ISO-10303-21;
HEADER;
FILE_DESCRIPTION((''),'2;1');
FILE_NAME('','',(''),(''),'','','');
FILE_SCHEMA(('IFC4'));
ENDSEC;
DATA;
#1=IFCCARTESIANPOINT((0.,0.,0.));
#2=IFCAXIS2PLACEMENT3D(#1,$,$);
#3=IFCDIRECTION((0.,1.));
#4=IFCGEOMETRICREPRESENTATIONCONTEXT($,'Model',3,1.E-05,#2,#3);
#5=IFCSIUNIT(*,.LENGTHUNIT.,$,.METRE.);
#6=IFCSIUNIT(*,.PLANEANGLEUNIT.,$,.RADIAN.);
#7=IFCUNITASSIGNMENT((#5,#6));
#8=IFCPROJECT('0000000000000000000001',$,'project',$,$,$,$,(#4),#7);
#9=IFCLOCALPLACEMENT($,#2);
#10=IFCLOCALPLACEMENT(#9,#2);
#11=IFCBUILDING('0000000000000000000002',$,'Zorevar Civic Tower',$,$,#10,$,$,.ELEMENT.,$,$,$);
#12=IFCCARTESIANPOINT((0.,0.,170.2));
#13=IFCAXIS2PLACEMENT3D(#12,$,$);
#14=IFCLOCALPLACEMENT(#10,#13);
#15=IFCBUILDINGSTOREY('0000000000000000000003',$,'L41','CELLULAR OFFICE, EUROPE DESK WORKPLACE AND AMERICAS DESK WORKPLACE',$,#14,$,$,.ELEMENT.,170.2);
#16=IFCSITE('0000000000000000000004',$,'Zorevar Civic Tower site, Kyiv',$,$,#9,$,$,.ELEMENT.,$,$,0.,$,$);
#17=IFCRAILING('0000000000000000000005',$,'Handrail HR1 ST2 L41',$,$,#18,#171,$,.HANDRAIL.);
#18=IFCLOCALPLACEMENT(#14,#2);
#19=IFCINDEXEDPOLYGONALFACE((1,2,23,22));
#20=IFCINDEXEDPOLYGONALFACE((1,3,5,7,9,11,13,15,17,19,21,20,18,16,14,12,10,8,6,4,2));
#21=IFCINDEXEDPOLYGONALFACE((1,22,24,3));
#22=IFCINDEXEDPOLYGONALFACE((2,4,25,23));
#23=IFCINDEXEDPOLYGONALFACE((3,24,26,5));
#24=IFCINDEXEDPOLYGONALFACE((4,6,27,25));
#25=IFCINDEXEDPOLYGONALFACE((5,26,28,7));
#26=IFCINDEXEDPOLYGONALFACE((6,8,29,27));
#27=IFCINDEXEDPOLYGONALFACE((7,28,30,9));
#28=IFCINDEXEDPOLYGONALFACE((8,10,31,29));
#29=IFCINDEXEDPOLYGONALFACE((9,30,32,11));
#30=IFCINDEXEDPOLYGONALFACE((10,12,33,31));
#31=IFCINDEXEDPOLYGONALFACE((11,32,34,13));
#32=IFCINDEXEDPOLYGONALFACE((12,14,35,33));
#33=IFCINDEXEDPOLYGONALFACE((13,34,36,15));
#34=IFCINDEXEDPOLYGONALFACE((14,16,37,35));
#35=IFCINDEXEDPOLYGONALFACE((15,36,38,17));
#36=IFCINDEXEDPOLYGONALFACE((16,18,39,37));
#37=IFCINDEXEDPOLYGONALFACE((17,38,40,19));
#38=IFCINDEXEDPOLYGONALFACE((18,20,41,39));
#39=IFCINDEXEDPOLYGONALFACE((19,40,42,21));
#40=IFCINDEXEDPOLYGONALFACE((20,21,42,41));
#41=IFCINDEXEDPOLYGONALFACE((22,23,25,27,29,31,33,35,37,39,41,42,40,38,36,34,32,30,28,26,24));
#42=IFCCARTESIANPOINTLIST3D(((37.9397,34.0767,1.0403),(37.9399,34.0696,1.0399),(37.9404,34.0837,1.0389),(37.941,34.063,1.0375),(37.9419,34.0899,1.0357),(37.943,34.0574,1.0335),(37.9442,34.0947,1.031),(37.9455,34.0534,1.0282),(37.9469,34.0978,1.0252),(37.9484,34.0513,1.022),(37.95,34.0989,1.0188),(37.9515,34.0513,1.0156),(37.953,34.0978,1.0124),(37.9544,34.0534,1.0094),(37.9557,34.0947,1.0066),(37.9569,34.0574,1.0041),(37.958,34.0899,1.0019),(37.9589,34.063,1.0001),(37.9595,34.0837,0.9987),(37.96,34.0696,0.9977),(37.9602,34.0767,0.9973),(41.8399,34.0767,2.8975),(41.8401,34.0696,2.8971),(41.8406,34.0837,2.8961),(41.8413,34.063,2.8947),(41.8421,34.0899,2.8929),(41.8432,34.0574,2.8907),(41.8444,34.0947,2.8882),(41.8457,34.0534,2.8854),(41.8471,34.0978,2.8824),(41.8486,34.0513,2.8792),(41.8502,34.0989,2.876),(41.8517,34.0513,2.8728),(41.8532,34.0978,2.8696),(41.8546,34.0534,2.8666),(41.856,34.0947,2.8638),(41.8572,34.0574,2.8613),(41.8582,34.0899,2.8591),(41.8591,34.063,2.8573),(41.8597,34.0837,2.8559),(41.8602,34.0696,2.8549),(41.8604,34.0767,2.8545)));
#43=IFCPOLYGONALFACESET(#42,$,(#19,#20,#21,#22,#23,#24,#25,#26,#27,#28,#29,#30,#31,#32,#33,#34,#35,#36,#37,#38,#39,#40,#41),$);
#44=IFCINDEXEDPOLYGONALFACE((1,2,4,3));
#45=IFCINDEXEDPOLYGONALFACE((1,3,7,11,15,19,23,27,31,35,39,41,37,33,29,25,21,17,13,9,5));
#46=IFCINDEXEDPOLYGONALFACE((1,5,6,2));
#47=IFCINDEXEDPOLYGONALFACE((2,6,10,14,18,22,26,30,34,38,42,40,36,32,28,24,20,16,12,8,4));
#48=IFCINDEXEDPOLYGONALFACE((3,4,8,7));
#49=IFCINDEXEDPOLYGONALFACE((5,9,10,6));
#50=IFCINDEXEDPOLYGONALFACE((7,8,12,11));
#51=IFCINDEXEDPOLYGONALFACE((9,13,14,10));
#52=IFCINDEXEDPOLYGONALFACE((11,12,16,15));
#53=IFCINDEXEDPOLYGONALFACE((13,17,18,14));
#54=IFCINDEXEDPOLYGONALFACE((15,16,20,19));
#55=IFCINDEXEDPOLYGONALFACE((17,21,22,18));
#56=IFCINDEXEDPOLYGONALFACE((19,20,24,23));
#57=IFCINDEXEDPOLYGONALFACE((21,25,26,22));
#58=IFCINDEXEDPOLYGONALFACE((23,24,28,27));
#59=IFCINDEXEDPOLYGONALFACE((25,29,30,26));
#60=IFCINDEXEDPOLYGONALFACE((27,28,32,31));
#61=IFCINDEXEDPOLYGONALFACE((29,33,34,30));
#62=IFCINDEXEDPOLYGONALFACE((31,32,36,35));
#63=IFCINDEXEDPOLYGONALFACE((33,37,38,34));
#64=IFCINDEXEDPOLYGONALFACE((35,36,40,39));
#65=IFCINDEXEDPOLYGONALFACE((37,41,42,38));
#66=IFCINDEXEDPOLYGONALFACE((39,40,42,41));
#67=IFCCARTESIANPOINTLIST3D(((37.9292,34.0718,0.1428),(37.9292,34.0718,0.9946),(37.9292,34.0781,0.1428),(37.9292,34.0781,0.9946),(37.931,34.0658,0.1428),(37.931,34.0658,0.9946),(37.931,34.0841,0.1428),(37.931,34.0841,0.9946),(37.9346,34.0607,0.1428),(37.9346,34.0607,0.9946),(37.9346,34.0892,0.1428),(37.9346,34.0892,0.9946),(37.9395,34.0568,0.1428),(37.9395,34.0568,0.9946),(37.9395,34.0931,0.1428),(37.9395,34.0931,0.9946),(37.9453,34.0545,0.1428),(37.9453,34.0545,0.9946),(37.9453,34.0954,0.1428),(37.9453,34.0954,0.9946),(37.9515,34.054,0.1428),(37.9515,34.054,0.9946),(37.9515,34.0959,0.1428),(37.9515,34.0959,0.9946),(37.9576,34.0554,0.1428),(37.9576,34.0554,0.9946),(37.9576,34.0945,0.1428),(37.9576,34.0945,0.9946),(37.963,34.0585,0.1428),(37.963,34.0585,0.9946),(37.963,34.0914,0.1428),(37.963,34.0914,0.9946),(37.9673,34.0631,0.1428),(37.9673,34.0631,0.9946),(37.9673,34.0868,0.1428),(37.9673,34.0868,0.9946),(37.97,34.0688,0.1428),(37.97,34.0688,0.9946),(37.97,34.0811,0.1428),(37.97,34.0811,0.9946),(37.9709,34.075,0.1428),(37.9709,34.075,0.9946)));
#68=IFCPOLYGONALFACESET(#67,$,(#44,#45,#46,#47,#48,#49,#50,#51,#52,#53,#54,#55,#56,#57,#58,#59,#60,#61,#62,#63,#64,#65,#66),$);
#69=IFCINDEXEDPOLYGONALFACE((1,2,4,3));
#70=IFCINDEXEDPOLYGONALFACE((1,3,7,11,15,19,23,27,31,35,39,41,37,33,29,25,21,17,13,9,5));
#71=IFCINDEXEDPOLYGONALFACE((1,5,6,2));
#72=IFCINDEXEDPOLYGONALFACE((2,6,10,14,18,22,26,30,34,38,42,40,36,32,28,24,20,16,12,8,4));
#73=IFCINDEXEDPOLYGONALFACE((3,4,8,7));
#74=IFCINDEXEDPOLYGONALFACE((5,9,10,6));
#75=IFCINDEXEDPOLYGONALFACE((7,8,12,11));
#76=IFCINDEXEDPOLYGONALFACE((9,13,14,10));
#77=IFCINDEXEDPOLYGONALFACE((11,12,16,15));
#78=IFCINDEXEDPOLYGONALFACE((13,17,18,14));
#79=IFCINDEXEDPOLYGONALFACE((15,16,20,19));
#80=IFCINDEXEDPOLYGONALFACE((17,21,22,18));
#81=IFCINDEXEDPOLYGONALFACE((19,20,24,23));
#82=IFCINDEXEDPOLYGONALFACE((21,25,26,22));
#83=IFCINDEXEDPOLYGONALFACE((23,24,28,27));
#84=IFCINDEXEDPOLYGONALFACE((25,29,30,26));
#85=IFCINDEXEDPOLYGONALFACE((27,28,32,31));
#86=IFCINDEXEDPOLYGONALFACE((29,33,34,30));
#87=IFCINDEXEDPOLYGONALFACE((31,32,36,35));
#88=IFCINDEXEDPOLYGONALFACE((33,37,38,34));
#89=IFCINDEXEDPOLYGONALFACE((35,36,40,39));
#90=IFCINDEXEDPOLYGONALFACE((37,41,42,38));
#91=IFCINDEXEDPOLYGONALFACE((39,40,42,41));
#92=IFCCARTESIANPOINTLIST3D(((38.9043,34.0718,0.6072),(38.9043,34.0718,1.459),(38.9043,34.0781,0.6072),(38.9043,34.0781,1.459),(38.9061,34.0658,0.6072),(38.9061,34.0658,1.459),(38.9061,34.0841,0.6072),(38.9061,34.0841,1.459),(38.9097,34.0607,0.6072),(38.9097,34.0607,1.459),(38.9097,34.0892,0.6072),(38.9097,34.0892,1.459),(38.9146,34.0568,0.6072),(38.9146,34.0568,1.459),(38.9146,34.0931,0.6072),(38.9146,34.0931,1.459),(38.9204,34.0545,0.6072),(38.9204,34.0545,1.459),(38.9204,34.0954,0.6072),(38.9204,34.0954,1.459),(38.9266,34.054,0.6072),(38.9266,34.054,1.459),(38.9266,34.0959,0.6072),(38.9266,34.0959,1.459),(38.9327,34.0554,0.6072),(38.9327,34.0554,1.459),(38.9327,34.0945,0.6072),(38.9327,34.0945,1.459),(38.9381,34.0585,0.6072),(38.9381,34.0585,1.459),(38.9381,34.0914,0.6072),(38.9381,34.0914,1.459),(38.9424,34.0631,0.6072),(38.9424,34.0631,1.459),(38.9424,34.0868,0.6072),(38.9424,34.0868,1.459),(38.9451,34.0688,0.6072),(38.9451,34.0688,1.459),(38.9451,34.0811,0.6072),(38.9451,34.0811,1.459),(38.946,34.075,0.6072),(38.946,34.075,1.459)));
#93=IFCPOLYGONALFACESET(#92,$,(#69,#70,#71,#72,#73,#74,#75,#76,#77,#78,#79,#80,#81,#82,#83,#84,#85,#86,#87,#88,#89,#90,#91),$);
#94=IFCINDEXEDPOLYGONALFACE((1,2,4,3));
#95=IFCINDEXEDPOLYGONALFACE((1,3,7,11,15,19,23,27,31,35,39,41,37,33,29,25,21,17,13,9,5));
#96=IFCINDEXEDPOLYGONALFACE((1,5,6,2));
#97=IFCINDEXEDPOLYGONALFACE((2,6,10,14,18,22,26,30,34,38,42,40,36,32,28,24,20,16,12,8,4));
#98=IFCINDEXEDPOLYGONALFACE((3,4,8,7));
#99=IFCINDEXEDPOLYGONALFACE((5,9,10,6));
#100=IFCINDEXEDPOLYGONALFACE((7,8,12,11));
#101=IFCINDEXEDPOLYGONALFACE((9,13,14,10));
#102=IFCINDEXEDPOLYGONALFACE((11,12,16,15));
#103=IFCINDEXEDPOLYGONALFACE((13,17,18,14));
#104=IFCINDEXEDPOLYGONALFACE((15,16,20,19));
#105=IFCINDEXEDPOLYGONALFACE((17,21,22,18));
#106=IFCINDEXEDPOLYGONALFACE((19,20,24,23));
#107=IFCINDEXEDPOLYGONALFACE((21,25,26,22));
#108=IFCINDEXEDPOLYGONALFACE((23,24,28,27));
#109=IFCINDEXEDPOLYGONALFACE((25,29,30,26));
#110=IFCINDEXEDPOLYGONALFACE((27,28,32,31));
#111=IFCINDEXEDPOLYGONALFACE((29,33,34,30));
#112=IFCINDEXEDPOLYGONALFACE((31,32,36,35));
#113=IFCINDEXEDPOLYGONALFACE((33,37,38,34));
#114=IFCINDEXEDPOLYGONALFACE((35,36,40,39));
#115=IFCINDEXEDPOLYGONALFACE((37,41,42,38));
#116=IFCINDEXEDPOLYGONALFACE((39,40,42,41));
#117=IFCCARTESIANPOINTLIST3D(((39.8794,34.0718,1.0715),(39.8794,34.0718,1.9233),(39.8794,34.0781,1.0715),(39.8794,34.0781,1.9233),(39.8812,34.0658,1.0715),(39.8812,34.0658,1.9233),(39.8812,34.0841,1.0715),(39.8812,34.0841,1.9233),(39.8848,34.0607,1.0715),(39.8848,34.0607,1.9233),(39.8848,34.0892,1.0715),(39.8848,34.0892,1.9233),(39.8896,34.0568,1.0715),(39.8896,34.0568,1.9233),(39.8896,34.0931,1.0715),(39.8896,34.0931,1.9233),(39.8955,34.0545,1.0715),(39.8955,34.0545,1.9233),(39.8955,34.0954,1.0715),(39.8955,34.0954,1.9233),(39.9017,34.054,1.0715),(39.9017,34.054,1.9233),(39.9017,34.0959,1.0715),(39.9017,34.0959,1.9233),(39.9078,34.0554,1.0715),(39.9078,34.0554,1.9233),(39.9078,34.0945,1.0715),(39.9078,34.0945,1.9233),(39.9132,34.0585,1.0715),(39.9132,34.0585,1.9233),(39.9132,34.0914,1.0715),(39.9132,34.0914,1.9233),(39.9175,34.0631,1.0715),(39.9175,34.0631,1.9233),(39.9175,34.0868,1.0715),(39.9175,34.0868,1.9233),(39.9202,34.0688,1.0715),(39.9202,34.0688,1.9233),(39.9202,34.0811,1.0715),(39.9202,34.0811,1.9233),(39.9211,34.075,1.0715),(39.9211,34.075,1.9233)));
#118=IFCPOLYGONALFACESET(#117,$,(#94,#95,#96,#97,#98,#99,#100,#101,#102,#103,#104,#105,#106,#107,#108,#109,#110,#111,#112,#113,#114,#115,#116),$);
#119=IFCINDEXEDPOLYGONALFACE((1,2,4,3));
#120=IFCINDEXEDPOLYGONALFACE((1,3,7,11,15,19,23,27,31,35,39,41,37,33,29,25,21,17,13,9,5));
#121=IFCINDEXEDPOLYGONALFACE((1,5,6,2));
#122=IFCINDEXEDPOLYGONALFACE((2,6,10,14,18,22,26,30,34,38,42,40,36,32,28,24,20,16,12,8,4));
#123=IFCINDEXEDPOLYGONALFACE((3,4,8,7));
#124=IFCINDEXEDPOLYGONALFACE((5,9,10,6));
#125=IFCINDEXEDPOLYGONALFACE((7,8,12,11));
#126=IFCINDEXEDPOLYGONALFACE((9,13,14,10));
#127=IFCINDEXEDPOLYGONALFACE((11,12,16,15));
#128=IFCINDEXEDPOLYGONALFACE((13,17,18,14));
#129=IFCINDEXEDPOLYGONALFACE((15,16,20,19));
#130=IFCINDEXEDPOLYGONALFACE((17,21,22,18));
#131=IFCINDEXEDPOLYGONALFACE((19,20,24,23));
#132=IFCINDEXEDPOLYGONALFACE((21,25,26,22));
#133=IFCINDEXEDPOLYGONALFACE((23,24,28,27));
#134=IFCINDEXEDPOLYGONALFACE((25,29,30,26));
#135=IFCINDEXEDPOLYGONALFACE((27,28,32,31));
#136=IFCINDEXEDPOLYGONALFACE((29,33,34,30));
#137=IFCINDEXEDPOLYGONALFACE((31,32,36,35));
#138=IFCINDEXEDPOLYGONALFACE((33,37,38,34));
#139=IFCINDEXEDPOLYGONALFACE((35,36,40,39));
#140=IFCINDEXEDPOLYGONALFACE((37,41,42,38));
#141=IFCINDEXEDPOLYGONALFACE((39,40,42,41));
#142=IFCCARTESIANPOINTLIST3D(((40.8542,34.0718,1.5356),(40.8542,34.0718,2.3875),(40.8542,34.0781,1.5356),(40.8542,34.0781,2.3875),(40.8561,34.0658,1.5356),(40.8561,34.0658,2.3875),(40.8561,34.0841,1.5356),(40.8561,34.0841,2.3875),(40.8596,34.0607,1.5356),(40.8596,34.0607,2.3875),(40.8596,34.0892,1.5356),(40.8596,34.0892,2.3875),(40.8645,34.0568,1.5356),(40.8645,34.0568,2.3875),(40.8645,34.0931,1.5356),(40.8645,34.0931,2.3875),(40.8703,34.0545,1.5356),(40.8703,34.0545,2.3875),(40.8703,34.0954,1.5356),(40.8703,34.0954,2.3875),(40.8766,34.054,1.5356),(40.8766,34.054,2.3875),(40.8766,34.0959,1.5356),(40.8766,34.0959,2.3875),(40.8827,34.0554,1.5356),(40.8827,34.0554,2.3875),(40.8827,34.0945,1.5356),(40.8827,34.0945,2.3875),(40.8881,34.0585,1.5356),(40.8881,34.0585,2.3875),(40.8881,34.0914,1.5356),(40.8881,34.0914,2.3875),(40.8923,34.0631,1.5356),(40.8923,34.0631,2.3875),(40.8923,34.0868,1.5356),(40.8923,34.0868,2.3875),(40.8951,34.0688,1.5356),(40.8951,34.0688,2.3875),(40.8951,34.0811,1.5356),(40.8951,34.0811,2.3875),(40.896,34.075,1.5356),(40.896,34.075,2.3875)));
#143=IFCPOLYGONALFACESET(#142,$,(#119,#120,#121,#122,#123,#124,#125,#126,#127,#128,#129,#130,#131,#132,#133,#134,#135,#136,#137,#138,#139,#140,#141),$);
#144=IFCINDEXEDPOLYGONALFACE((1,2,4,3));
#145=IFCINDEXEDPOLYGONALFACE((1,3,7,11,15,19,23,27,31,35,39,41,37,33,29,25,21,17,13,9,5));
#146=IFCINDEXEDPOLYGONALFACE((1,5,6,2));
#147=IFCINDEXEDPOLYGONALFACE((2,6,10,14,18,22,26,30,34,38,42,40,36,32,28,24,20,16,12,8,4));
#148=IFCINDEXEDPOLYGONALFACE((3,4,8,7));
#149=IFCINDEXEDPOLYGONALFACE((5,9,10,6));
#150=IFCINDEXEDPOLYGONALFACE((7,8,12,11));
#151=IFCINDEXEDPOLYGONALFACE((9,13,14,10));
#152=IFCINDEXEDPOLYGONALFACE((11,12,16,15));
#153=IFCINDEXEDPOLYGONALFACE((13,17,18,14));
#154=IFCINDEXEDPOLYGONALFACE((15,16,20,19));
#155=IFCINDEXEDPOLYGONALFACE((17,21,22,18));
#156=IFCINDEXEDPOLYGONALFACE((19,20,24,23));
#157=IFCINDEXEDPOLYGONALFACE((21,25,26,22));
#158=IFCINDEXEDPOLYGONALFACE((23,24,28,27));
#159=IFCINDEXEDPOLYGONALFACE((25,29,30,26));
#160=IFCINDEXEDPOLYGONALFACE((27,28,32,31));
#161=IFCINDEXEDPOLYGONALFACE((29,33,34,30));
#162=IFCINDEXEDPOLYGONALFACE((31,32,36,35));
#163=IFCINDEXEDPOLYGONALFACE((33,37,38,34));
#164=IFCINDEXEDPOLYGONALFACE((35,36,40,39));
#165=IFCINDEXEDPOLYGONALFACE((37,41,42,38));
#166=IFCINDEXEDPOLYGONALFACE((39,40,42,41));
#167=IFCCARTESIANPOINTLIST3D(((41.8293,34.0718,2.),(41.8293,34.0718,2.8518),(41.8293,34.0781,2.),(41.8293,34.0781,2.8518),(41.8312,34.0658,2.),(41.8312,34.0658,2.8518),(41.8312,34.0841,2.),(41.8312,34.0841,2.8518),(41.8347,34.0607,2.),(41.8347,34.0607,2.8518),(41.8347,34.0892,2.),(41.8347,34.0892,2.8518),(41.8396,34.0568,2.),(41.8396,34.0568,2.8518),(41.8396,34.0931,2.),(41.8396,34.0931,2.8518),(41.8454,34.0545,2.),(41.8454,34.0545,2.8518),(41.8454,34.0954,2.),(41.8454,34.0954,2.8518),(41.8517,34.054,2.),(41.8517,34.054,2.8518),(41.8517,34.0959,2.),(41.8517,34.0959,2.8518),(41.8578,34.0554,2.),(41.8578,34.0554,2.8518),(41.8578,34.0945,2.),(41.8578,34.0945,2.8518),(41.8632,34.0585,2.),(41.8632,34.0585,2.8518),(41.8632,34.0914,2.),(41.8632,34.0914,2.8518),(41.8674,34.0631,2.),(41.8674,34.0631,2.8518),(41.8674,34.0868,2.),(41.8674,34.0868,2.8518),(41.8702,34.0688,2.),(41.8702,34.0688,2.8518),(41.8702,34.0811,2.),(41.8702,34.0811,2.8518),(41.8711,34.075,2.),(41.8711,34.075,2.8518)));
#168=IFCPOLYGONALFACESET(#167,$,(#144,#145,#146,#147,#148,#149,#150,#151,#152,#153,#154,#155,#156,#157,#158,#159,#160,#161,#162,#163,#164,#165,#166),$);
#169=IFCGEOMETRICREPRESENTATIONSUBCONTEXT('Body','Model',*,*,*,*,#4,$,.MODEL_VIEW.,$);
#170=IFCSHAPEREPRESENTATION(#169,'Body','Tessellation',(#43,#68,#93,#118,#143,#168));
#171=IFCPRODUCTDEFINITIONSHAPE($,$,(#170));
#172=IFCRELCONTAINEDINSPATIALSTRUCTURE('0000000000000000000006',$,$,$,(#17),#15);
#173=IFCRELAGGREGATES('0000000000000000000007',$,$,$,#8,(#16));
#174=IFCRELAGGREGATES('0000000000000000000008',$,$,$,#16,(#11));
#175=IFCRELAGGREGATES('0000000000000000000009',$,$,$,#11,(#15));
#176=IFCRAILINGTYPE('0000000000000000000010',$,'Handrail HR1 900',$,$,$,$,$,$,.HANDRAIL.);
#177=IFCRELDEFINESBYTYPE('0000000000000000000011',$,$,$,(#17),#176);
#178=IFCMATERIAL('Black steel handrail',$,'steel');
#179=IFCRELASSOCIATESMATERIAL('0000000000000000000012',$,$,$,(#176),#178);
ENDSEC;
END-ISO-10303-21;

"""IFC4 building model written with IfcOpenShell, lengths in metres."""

from ifc_helpers import new_model, si_unit, direction, frame, origin, origin_2d, place, context, subcontext, project, spatial, circle, extrude, material, type_object, element, save


model = new_model("IFC4")

# Units and contexts
model_context = context("Model", 3, precision=1e-05, world=origin(), true_north=direction((0.0, 1.0)))
body_context = subcontext(model_context, "Body", "Model", "MODEL_VIEW")
ifc_project = project(units=[si_unit("LENGTHUNIT", "METRE"), si_unit("PLANEANGLEUNIT", "RADIAN")], contexts=[model_context])

# Site, building, storey
site_placement = place(None, origin())
site = spatial("IfcSite", under=ifc_project, at=site_placement, Name="Zorevar Civic Tower site, Kyiv", CompositionType="ELEMENT", RefElevation=0.0)
building_placement = place(site_placement, origin())
building = spatial("IfcBuilding", under=site, at=building_placement, Name="Zorevar Civic Tower", CompositionType="ELEMENT")
storey_placement = place(building_placement, frame((0.0, 0.0, 170.2)))
storey = spatial("IfcBuildingStorey", under=building, at=storey_placement, Name="L41", Description="CELLULAR OFFICE, EUROPE DESK WORKPLACE AND AMERICAS DESK WORKPLACE", CompositionType="ELEMENT", Elevation=170.2)

# Railing
ifc_material_1 = material(Name="Black steel handrail", Category="steel")
railing_type = type_object("IfcRailingType", Name="Handrail HR1 900", PredefinedType="HANDRAIL", material=ifc_material_1)
railing_1_placement = place(storey_placement, frame((37.95, 34.075, 0.1428)))
element("IfcRailing", 1, at=railing_1_placement, inside=storey, type_object=railing_type, Name="Handrail HR1 ST2 L41", PredefinedType="HANDRAIL", context=body_context, shape_type="SweptSolid", body=[
    extrude(circle(Radius=0.0239, at=origin_2d()), frame((0.0, 0.0, 0.876), z_axis=(0.902864, 0.0, 0.429927), x_axis=(0.0, 1.0, 0.0)), (0.0, 0.0, 1.0), 4.3198),
    extrude(circle(Radius=0.021, at=origin_2d()), origin(), (0.0, 0.0, 1.0), 0.8518),
    extrude(circle(Radius=0.021, at=origin_2d()), frame((0.9751, 0.0, 0.4644)), (0.0, 0.0, 1.0), 0.8518),
    extrude(circle(Radius=0.021, at=origin_2d()), frame((1.9502, 0.0, 0.9287)), (0.0, 0.0, 1.0), 0.8518),
    extrude(circle(Radius=0.021, at=origin_2d()), frame((2.925, 0.0, 1.3928)), (0.0, 0.0, 1.0), 0.8518),
    extrude(circle(Radius=0.021, at=origin_2d()), frame((3.9001, 0.0, 1.8572)), (0.0, 0.0, 1.0), 0.8518),
])

save(model, "model.ifc")
